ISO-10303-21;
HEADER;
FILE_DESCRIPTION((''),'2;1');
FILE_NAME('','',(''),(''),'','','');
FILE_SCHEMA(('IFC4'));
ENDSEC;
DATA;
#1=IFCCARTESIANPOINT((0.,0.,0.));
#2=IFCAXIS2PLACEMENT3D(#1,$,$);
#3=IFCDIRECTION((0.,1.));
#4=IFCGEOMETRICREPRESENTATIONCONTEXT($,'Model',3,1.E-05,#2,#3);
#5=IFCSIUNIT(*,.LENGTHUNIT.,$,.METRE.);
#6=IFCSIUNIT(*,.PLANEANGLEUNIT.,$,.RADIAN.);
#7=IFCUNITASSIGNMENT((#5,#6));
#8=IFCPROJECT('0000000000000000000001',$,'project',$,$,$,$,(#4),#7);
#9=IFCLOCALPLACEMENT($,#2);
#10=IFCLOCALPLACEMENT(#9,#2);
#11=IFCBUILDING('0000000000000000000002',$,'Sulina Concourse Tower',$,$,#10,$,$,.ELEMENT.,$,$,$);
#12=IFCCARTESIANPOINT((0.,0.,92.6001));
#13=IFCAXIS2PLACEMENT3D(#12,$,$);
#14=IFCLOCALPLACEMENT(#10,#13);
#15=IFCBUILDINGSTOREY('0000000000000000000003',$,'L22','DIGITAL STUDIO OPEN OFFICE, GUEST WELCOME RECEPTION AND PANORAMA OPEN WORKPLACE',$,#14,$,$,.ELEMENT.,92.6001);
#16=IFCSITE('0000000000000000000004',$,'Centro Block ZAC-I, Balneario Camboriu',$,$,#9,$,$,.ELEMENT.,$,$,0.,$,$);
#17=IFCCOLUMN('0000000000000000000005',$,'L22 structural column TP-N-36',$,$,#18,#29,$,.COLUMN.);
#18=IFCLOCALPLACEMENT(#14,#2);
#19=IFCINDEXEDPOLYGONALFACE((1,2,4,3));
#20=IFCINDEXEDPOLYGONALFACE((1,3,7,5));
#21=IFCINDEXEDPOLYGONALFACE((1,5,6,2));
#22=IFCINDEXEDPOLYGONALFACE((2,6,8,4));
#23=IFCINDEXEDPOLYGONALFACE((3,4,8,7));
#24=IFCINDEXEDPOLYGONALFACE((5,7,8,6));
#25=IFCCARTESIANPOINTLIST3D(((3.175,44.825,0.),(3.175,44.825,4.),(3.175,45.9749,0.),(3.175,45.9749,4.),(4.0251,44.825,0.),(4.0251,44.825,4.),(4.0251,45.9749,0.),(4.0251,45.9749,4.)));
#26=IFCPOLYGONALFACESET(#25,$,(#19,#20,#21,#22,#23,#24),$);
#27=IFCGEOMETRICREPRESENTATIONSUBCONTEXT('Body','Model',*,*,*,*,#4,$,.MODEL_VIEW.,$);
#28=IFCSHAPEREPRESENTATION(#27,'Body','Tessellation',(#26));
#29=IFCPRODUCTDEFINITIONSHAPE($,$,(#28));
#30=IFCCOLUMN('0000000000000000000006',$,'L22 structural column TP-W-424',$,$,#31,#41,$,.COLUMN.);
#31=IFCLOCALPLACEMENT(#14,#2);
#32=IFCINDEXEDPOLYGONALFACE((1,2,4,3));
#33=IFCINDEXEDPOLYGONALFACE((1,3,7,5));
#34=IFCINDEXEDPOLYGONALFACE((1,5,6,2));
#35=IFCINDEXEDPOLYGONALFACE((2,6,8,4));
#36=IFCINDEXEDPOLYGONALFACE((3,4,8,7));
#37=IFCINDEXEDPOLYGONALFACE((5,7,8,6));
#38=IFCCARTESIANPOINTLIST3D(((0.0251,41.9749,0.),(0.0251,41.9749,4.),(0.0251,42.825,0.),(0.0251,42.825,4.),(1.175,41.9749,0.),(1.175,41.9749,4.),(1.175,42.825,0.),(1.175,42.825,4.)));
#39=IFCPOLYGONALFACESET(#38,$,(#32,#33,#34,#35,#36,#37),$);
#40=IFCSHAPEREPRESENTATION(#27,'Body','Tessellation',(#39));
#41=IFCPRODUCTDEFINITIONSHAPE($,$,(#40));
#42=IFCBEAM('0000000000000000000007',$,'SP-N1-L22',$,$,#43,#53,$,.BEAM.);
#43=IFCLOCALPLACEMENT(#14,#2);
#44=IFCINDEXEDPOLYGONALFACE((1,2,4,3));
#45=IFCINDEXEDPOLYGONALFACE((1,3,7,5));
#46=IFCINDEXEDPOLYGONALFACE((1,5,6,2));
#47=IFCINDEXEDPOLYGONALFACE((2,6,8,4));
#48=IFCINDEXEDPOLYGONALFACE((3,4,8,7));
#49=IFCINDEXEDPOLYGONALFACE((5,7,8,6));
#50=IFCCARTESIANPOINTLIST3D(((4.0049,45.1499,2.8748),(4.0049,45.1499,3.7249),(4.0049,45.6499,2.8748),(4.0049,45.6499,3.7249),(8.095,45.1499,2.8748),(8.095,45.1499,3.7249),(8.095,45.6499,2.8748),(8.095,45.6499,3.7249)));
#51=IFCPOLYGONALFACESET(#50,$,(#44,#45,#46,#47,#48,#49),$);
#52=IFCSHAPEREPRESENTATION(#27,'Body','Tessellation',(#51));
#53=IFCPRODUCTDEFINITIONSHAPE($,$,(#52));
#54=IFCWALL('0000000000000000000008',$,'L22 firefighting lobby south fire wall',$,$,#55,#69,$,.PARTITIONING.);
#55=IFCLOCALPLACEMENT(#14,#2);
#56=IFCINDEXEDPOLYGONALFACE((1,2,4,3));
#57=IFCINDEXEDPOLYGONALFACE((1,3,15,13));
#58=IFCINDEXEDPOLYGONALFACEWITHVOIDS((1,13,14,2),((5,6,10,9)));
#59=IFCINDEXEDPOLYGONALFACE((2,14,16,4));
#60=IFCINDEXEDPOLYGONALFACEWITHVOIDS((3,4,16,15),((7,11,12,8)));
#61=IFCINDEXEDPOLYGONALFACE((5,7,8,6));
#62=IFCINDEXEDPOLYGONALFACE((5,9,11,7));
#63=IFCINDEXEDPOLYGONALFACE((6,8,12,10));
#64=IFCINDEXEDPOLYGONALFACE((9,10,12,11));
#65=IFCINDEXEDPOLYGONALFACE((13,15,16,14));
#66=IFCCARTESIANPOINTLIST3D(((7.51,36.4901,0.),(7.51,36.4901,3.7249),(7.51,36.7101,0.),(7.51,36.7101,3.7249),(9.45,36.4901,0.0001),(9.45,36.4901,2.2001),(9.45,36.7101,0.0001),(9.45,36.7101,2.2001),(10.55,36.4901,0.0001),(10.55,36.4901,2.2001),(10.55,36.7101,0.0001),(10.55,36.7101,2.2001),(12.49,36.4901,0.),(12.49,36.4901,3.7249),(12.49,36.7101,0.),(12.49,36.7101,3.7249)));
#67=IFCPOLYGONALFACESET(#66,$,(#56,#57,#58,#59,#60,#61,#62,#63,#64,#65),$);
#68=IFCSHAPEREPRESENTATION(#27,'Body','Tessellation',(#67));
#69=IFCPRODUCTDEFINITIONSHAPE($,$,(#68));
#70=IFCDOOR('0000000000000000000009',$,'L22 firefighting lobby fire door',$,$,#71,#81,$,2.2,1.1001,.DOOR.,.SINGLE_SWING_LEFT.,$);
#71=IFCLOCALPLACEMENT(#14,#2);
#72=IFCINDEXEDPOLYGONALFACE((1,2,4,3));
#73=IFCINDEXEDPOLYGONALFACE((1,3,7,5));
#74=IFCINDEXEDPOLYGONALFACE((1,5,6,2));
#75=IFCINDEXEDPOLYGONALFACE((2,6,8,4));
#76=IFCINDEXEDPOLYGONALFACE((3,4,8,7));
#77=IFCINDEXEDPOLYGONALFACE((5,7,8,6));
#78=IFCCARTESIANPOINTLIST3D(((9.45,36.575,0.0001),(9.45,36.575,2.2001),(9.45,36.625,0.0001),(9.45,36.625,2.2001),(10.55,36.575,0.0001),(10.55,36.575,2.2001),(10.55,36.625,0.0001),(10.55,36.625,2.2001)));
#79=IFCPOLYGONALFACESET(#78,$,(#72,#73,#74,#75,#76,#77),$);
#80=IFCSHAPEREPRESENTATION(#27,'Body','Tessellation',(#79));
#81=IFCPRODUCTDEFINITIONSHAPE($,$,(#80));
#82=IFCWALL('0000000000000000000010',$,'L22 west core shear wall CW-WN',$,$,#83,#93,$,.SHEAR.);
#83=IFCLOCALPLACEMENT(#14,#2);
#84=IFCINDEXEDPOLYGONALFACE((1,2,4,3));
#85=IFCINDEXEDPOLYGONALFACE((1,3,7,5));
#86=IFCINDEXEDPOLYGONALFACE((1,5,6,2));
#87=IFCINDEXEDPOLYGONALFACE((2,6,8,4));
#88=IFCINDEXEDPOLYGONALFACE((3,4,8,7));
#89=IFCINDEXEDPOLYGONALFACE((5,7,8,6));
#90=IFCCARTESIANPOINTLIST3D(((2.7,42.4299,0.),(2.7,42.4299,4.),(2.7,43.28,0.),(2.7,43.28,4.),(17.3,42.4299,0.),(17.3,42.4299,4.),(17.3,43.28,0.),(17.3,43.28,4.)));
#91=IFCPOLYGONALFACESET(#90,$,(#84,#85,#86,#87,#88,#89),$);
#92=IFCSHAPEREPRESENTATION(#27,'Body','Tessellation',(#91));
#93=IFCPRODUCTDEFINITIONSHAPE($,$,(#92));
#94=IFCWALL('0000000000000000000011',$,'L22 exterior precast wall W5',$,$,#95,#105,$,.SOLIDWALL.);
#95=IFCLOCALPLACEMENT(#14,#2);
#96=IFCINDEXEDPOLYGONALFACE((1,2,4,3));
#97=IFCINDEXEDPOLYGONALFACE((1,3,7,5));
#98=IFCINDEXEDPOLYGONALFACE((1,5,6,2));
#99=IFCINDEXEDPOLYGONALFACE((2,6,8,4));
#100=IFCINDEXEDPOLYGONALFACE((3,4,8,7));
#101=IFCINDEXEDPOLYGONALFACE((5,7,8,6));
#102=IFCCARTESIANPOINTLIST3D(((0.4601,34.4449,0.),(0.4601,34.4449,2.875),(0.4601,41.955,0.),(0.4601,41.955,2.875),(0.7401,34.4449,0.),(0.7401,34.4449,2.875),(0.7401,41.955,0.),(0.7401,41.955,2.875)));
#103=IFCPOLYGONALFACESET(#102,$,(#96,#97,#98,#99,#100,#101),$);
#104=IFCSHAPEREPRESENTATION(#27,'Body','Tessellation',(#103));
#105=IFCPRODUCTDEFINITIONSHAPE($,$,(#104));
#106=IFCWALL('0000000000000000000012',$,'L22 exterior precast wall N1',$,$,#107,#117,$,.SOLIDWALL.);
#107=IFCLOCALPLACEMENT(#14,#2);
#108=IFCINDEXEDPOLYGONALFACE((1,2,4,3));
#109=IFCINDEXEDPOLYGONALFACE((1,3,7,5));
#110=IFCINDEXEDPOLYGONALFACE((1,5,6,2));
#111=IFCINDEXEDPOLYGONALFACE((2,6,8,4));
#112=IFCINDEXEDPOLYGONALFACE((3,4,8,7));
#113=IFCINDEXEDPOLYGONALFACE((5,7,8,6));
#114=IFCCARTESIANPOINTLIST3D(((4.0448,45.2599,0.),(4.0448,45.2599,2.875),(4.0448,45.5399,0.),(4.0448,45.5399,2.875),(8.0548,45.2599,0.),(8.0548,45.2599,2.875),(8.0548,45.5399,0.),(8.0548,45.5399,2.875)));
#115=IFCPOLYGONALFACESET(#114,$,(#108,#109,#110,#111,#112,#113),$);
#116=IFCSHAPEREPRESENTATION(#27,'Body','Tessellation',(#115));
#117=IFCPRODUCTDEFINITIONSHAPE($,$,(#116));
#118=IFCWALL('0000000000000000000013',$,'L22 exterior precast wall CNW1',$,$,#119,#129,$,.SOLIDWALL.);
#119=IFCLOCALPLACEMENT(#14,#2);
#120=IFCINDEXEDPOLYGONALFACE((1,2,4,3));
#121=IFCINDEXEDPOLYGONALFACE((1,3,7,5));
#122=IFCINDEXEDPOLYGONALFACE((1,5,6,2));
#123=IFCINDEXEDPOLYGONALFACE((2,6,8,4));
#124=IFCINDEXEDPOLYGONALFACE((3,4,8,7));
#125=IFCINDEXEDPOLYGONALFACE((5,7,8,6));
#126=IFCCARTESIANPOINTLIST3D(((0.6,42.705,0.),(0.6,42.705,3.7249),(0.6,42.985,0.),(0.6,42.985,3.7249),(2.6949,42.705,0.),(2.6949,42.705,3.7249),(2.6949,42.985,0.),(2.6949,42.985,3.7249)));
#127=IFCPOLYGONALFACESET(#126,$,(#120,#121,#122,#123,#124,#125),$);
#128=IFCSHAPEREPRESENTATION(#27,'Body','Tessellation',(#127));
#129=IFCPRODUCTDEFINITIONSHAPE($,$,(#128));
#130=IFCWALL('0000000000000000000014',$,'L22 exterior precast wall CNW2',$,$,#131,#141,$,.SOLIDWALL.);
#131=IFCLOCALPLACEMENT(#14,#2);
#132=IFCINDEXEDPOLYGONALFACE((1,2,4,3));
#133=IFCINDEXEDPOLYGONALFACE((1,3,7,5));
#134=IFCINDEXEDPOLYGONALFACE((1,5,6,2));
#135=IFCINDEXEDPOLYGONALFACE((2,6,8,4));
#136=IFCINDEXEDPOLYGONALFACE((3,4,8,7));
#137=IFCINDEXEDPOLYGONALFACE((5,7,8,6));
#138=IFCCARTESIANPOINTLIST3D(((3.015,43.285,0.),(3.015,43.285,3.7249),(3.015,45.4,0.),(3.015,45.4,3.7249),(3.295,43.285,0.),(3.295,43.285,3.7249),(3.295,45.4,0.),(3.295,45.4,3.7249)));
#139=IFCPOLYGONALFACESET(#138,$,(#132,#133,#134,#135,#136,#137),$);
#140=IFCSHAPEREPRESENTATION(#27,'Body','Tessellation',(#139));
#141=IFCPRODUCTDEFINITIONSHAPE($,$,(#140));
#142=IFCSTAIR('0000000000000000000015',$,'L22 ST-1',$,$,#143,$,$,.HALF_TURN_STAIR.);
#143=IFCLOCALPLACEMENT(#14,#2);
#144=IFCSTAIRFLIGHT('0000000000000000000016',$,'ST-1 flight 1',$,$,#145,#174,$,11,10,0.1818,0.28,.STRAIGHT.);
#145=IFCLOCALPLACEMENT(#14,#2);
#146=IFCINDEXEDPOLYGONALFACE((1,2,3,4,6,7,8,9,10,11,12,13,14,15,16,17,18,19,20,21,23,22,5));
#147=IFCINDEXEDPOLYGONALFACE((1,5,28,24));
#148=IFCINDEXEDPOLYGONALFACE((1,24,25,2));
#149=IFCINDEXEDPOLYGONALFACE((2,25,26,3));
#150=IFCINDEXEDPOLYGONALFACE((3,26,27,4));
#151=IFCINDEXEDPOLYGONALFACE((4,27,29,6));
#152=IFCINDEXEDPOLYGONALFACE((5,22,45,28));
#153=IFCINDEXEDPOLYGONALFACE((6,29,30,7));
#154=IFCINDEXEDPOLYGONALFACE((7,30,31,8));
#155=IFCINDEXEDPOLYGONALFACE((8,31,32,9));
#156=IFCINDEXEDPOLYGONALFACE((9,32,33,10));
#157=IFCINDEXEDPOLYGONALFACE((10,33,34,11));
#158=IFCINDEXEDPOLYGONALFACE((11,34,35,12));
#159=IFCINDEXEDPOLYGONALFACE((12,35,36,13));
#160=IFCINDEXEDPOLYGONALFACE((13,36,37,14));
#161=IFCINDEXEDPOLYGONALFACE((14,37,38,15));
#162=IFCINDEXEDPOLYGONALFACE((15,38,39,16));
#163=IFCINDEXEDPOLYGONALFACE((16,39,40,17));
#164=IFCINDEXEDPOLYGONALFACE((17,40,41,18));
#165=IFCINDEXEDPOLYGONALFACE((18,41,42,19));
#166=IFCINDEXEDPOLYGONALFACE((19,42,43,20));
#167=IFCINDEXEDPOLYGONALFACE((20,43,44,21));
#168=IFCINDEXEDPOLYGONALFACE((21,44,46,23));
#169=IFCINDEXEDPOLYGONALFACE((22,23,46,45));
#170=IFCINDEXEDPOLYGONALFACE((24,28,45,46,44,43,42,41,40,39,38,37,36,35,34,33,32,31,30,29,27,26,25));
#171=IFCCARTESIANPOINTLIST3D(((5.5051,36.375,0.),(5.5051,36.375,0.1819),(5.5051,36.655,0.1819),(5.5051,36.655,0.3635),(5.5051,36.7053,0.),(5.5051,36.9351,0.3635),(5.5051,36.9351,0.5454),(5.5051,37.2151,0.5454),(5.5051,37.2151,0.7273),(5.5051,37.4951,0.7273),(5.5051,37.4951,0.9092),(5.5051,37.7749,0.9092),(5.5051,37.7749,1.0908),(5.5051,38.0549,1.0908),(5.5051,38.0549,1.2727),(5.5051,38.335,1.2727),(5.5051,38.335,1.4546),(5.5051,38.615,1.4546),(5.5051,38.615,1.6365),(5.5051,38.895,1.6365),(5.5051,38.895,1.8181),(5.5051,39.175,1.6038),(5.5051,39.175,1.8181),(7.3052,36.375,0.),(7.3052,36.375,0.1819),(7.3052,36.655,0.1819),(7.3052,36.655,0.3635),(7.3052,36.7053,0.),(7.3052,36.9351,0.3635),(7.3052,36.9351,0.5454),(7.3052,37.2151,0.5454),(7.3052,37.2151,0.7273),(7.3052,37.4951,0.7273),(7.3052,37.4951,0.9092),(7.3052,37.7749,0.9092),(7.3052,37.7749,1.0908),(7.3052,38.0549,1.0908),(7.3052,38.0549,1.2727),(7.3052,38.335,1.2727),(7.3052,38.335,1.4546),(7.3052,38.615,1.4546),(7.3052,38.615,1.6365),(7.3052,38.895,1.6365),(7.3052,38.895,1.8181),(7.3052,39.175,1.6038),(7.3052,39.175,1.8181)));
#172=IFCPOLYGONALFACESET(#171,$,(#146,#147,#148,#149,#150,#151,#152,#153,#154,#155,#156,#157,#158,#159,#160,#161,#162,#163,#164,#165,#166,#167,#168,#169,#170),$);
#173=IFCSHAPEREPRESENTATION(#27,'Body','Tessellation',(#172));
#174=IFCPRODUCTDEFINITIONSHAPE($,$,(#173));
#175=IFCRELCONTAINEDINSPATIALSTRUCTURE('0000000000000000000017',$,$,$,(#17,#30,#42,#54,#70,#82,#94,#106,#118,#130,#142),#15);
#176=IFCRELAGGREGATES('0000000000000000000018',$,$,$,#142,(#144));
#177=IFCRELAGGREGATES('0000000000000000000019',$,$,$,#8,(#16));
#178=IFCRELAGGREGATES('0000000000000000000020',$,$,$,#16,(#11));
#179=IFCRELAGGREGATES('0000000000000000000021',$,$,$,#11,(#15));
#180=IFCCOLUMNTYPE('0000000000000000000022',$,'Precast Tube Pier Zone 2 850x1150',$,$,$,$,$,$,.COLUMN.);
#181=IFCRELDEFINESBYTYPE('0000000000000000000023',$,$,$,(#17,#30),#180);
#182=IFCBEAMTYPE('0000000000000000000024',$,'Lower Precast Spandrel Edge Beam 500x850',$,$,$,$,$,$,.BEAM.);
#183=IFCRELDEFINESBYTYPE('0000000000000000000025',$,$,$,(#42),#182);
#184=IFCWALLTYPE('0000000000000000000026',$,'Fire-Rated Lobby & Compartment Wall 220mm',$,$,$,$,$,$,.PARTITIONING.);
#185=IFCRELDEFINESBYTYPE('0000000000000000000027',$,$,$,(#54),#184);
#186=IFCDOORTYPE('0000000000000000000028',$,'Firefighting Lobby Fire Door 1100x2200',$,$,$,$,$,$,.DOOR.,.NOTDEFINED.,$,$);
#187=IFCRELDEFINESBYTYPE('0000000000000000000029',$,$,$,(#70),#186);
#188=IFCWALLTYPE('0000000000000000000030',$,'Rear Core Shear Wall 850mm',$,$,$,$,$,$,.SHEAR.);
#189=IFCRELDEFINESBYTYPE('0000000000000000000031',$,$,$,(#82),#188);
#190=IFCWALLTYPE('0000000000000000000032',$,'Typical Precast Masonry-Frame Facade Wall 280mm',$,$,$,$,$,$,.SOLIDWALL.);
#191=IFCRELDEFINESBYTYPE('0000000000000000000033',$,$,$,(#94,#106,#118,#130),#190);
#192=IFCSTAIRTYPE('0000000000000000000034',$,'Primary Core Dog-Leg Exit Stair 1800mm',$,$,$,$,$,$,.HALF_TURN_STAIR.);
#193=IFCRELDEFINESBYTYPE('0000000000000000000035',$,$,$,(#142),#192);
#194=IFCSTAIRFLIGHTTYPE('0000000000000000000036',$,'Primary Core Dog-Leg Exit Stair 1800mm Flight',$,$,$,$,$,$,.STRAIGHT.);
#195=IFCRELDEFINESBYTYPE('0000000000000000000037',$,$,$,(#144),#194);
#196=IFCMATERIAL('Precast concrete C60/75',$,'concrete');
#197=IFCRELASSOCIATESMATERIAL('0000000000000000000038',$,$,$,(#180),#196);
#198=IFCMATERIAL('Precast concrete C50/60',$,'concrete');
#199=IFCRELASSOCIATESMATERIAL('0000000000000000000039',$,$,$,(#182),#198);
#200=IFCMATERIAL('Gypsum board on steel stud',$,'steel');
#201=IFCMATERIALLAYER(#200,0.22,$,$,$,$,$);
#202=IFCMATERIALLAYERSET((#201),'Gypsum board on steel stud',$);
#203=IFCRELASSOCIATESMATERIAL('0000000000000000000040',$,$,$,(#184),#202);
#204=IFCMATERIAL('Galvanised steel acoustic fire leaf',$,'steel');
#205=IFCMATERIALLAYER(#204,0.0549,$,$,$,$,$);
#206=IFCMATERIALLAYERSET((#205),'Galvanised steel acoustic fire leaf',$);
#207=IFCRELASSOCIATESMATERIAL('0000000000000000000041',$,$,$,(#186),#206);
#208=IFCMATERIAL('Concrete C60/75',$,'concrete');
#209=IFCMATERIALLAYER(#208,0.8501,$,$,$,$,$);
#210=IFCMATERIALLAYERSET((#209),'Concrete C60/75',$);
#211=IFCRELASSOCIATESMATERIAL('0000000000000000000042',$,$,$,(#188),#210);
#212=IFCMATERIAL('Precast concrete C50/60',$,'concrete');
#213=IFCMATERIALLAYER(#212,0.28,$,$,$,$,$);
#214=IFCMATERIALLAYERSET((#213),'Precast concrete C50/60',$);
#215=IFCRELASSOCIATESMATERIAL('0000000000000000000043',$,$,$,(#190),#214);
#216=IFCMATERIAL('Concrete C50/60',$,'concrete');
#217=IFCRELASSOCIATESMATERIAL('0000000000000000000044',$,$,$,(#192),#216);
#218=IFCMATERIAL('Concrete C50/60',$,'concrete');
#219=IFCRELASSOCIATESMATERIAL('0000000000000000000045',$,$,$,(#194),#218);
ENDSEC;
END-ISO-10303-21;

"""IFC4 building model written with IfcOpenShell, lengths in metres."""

from ifc_helpers import new_model, si_unit, direction, frame, frame_2d, origin, origin_2d, place, context, subcontext, project, spatial, polyline, rectangle, outline, extrude, material, layer, layer_set, material_profile, profile_set, type_object, element, fill, aggregate, save


model = new_model("IFC4")

# Units and contexts
model_context = context("Model", 3, precision=1e-05, world=origin(), true_north=direction((0.0, 1.0)))
body_context = subcontext(model_context, "Body", "Model", "MODEL_VIEW")
ifc_project = project(units=[si_unit("LENGTHUNIT", "METRE"), si_unit("PLANEANGLEUNIT", "RADIAN")], contexts=[model_context])

# Site, building, storey
site_placement = place(None, origin())
site = spatial("IfcSite", under=ifc_project, at=site_placement, Name="Centro Block ZAC-I, Balneario Camboriu", CompositionType="ELEMENT", RefElevation=0.0)
building_placement = place(site_placement, origin())
building = spatial("IfcBuilding", under=site, at=building_placement, Name="Sulina Concourse Tower", CompositionType="ELEMENT")
storey_placement = place(building_placement, frame((0.0, 0.0, 92.6001)))
storey = spatial("IfcBuildingStorey", under=building, at=storey_placement, Name="L22", Description="DIGITAL STUDIO OPEN OFFICE, GUEST WELCOME RECEPTION AND PANORAMA OPEN WORKPLACE", CompositionType="ELEMENT", Elevation=92.6001)

# Columns
ifc_material_1 = material(Name="Precast concrete C60/75", Category="concrete")
ifc_material_profile_1 = material_profile(ifc_material_1, rectangle(XDim=0.8501, YDim=1.1499, at=origin_2d()), Name="PC 850x1150")
ifc_profile_set_1 = profile_set([ifc_material_profile_1], Name="Precast concrete C60/75")
column_type = type_object("IfcColumnType", Name="Precast Tube Pier Zone 2 850x1150", PredefinedType="COLUMN", material=ifc_profile_set_1)
for number, where, z_axis, x_axis, name in (
    (1, (3.6001, 45.3999, 0.0), (0.0, 0.0, 1.0), (1.0, 0.0, 0.0), "L22 structural column TP-N-36"),
    (2, (0.6001, 42.3999, 0.0), (0.0, 0.0, 1.0), (0.0, 1.0, 0.0), "L22 structural column TP-W-424"),
):
    element("IfcColumn", number, at=place(storey_placement, frame(where, z_axis=z_axis, x_axis=x_axis)), inside=storey, type_object=column_type, Name=name, PredefinedType="COLUMN", context=body_context, shape_type="SweptSolid", body=[
        extrude(rectangle(XDim=0.8501, YDim=1.1499, at=origin_2d()), origin(), (0.0, 0.0, 1.0), 4.0),
    ])

# Beam
ifc_material_2 = material(Name="Precast concrete C50/60", Category="concrete")
ifc_material_profile_2 = material_profile(ifc_material_2, rectangle(XDim=0.5, YDim=0.8501, at=origin_2d()), Name="RC 500x850")
ifc_profile_set_2 = profile_set([ifc_material_profile_2], Name="Precast concrete C50/60")
beam_type = type_object("IfcBeamType", Name="Lower Precast Spandrel Edge Beam 500x850", PredefinedType="BEAM", material=ifc_profile_set_2)
beam_placement = place(storey_placement, frame((4.0049, 45.3999, 3.2998), z_axis=(1.0, 0.0, 0.0), x_axis=(0.0, 1.0, 0.0)))
element("IfcBeam", 3, at=beam_placement, inside=storey, type_object=beam_type, Name="SP-N1-L22", PredefinedType="BEAM", context=body_context, shape_type="SweptSolid", body=[
    extrude(rectangle(XDim=0.5, YDim=0.8501, at=origin_2d()), origin(), (0.0, 0.0, 1.0), 4.0901),
])

# Wall, opening, door
ifc_material_3 = material(Name="Gypsum board on steel stud", Category="steel")
ifc_layer_1 = layer(ifc_material_3, 0.22)
ifc_layer_set_1 = layer_set([ifc_layer_1], Name="Gypsum board on steel stud")
wall_type_1 = type_object("IfcWallType", Name="Fire-Rated Lobby & Compartment Wall 220mm", PredefinedType="PARTITIONING", material=ifc_layer_set_1)
wall_1_placement = place(storey_placement, frame((7.51, 36.6001, 0.0), z_axis=(0.0, 0.0, 1.0), x_axis=(1.0, 0.0, 0.0)))
wall_1 = element("IfcWall", 4, at=wall_1_placement, inside=storey, type_object=wall_type_1, Name="L22 firefighting lobby south fire wall", PredefinedType="PARTITIONING", context=body_context, shape_type="SweptSolid", body=[
    extrude(rectangle(XDim=4.98, YDim=0.22, at=frame_2d((2.49, 0.0))), origin(), (0.0, 0.0, 1.0), 3.7249),
])
opening_placement = place(wall_1_placement, frame((1.9399, 0.0, 0.0)))
opening = element("IfcOpeningElement", 5, at=opening_placement, cuts=wall_1, PredefinedType="OPENING", context=body_context, shape_type="SweptSolid", body=[
    extrude(rectangle(XDim=1.1001, YDim=2.2, at=frame_2d((0.55, 1.1001))), frame((0.0, 0.1199, 0.0), z_axis=(0.0, -1.0, 0.0), x_axis=(1.0, 0.0, 0.0)), (0.0, 0.0, 1.0), 0.24),
])
ifc_material_4 = material(Name="Galvanised steel acoustic fire leaf", Category="steel")
ifc_layer_2 = layer(ifc_material_4, 0.0549)
ifc_layer_set_2 = layer_set([ifc_layer_2], Name="Galvanised steel acoustic fire leaf")
door_type = type_object("IfcDoorType", Name="Firefighting Lobby Fire Door 1100x2200", OperationType="NOTDEFINED", PredefinedType="DOOR", material=ifc_layer_set_2)
door_placement = place(opening_placement, origin())
door = element("IfcDoor", 6, at=door_placement, inside=storey, type_object=door_type, Name="L22 firefighting lobby fire door", OperationType="SINGLE_SWING_LEFT", OverallHeight=2.2, OverallWidth=1.1001, PredefinedType="DOOR", context=body_context, shape_type="SweptSolid", body=[
    extrude(rectangle(XDim=1.1001, YDim=2.2, at=frame_2d((0.55, 1.1001))), frame((0.0, 0.0249, 0.0), z_axis=(0.0, -1.0, 0.0), x_axis=(1.0, 0.0, 0.0)), (0.0, 0.0, 1.0), 0.05),
])
fill(opening, door)

# Walls
ifc_material_5 = material(Name="Concrete C60/75", Category="concrete")
ifc_layer_3 = layer(ifc_material_5, 0.8501)
ifc_layer_set_3 = layer_set([ifc_layer_3], Name="Concrete C60/75")
wall_type_2 = type_object("IfcWallType", Name="Rear Core Shear Wall 850mm", PredefinedType="SHEAR", material=ifc_layer_set_3)
wall_2_placement = place(storey_placement, frame((2.7, 42.855, 0.0), z_axis=(0.0, 0.0, 1.0), x_axis=(1.0, 0.0, 0.0)))
element("IfcWall", 7, at=wall_2_placement, inside=storey, type_object=wall_type_2, Name="L22 west core shear wall CW-WN", PredefinedType="SHEAR", context=body_context, shape_type="SweptSolid", body=[
    extrude(rectangle(XDim=14.6001, YDim=0.8501, at=frame_2d((7.3, 0.0))), origin(), (0.0, 0.0, 1.0), 4.0),
])
ifc_material_6 = material(Name="Precast concrete C50/60", Category="concrete")
ifc_layer_4 = layer(ifc_material_6, 0.28)
ifc_layer_set_4 = layer_set([ifc_layer_4], Name="Precast concrete C50/60")
wall_type_3 = type_object("IfcWallType", Name="Typical Precast Masonry-Frame Facade Wall 280mm", PredefinedType="SOLIDWALL", material=ifc_layer_set_4)
wall_3_placement = place(storey_placement, frame((0.6001, 34.4451, 0.0), z_axis=(0.0, 0.0, 1.0), x_axis=(0.0, 1.0, 0.0)))
element("IfcWall", 8, at=wall_3_placement, inside=storey, type_object=wall_type_3, Name="L22 exterior precast wall W5", PredefinedType="SOLIDWALL", context=body_context, shape_type="SweptSolid", body=[
    extrude(rectangle(XDim=7.51, YDim=0.28, at=frame_2d((3.7549, 0.0))), origin(), (0.0, 0.0, 1.0), 2.875),
])
wall_4_placement = place(storey_placement, frame((4.0449, 45.3999, 0.0), z_axis=(0.0, 0.0, 1.0), x_axis=(1.0, 0.0, 0.0)))
element("IfcWall", 9, at=wall_4_placement, inside=storey, type_object=wall_type_3, Name="L22 exterior precast wall N1", PredefinedType="SOLIDWALL", context=body_context, shape_type="SweptSolid", body=[
    extrude(rectangle(XDim=4.01, YDim=0.28, at=frame_2d((2.0049, 0.0))), origin(), (0.0, 0.0, 1.0), 2.875),
])
wall_5_placement = place(storey_placement, frame((0.6001, 42.845, 0.0), z_axis=(0.0, 0.0, 1.0), x_axis=(1.0, 0.0, 0.0)))
element("IfcWall", 10, at=wall_5_placement, inside=storey, type_object=wall_type_3, Name="L22 exterior precast wall CNW1", PredefinedType="SOLIDWALL", context=body_context, shape_type="SweptSolid", body=[
    extrude(rectangle(XDim=2.095, YDim=0.28, at=frame_2d((1.0474, 0.0))), origin(), (0.0, 0.0, 1.0), 3.7249),
])
wall_6_placement = place(storey_placement, frame((3.155, 43.2849, 0.0), z_axis=(0.0, 0.0, 1.0), x_axis=(0.0, 1.0, 0.0)))
element("IfcWall", 11, at=wall_6_placement, inside=storey, type_object=wall_type_3, Name="L22 exterior precast wall CNW2", PredefinedType="SOLIDWALL", context=body_context, shape_type="SweptSolid", body=[
    extrude(rectangle(XDim=2.115, YDim=0.28, at=frame_2d((1.0576, 0.0))), origin(), (0.0, 0.0, 1.0), 3.7249),
])

# Stair, stair flight
ifc_material_7 = material(Name="Concrete C50/60", Category="concrete")
stair_type = type_object("IfcStairType", Name="Primary Core Dog-Leg Exit Stair 1800mm", PredefinedType="HALF_TURN_STAIR", material=ifc_material_7)
stair_placement = place(storey_placement, origin())
stair = element("IfcStair", 12, at=stair_placement, inside=storey, type_object=stair_type, Name="L22 ST-1", PredefinedType="HALF_TURN_STAIR")
ifc_material_8 = material(Name="Concrete C50/60", Category="concrete")
stair_flight_type = type_object("IfcStairFlightType", Name="Primary Core Dog-Leg Exit Stair 1800mm Flight", PredefinedType="STRAIGHT", material=ifc_material_8)
stair_flight_1_placement = place(storey_placement, frame((6.405, 36.375, 0.0), z_axis=(0.0, 0.0, 1.0), x_axis=(0.0, 1.0, 0.0)))
stair_flight_1 = element("IfcStairFlight", 13, at=stair_flight_1_placement, type_object=stair_flight_type, Name="ST-1 flight 1", NumberOfRisers=11, NumberOfTreads=10, PredefinedType="STRAIGHT", RiserHeight=0.1818, TreadLength=0.28, context=body_context, shape_type="SweptSolid", body=[
    extrude(outline(polyline([(0.0, 0.0), (0.0, 0.1819), (0.28, 0.1819), (0.28, 0.3635), (0.5601, 0.3635), (0.5601, 0.5454), (0.8401, 0.5454), (0.8401, 0.7273), (1.1201, 0.7273), (1.1201, 0.9092), (1.3999, 0.9092), (1.3999, 1.0908), (1.6799, 1.0908), (1.6799, 1.2727), (1.96, 1.2727), (1.96, 1.4546), (2.24, 1.4546), (2.24, 1.6365), (2.52, 1.6365), (2.52, 1.8181), (2.8, 1.8181), (2.8, 2.0), (2.8, 1.6038), (0.3303, 0.0), (0.0, 0.0)])), frame((0.0, 0.8999, 0.0), z_axis=(0.0, -1.0, 0.0), x_axis=(1.0, 0.0, 0.0)), (0.0, 0.0, 1.0), 1.8),
])
aggregate(stair, [stair_flight_1])

save(model, "model.ifc")
